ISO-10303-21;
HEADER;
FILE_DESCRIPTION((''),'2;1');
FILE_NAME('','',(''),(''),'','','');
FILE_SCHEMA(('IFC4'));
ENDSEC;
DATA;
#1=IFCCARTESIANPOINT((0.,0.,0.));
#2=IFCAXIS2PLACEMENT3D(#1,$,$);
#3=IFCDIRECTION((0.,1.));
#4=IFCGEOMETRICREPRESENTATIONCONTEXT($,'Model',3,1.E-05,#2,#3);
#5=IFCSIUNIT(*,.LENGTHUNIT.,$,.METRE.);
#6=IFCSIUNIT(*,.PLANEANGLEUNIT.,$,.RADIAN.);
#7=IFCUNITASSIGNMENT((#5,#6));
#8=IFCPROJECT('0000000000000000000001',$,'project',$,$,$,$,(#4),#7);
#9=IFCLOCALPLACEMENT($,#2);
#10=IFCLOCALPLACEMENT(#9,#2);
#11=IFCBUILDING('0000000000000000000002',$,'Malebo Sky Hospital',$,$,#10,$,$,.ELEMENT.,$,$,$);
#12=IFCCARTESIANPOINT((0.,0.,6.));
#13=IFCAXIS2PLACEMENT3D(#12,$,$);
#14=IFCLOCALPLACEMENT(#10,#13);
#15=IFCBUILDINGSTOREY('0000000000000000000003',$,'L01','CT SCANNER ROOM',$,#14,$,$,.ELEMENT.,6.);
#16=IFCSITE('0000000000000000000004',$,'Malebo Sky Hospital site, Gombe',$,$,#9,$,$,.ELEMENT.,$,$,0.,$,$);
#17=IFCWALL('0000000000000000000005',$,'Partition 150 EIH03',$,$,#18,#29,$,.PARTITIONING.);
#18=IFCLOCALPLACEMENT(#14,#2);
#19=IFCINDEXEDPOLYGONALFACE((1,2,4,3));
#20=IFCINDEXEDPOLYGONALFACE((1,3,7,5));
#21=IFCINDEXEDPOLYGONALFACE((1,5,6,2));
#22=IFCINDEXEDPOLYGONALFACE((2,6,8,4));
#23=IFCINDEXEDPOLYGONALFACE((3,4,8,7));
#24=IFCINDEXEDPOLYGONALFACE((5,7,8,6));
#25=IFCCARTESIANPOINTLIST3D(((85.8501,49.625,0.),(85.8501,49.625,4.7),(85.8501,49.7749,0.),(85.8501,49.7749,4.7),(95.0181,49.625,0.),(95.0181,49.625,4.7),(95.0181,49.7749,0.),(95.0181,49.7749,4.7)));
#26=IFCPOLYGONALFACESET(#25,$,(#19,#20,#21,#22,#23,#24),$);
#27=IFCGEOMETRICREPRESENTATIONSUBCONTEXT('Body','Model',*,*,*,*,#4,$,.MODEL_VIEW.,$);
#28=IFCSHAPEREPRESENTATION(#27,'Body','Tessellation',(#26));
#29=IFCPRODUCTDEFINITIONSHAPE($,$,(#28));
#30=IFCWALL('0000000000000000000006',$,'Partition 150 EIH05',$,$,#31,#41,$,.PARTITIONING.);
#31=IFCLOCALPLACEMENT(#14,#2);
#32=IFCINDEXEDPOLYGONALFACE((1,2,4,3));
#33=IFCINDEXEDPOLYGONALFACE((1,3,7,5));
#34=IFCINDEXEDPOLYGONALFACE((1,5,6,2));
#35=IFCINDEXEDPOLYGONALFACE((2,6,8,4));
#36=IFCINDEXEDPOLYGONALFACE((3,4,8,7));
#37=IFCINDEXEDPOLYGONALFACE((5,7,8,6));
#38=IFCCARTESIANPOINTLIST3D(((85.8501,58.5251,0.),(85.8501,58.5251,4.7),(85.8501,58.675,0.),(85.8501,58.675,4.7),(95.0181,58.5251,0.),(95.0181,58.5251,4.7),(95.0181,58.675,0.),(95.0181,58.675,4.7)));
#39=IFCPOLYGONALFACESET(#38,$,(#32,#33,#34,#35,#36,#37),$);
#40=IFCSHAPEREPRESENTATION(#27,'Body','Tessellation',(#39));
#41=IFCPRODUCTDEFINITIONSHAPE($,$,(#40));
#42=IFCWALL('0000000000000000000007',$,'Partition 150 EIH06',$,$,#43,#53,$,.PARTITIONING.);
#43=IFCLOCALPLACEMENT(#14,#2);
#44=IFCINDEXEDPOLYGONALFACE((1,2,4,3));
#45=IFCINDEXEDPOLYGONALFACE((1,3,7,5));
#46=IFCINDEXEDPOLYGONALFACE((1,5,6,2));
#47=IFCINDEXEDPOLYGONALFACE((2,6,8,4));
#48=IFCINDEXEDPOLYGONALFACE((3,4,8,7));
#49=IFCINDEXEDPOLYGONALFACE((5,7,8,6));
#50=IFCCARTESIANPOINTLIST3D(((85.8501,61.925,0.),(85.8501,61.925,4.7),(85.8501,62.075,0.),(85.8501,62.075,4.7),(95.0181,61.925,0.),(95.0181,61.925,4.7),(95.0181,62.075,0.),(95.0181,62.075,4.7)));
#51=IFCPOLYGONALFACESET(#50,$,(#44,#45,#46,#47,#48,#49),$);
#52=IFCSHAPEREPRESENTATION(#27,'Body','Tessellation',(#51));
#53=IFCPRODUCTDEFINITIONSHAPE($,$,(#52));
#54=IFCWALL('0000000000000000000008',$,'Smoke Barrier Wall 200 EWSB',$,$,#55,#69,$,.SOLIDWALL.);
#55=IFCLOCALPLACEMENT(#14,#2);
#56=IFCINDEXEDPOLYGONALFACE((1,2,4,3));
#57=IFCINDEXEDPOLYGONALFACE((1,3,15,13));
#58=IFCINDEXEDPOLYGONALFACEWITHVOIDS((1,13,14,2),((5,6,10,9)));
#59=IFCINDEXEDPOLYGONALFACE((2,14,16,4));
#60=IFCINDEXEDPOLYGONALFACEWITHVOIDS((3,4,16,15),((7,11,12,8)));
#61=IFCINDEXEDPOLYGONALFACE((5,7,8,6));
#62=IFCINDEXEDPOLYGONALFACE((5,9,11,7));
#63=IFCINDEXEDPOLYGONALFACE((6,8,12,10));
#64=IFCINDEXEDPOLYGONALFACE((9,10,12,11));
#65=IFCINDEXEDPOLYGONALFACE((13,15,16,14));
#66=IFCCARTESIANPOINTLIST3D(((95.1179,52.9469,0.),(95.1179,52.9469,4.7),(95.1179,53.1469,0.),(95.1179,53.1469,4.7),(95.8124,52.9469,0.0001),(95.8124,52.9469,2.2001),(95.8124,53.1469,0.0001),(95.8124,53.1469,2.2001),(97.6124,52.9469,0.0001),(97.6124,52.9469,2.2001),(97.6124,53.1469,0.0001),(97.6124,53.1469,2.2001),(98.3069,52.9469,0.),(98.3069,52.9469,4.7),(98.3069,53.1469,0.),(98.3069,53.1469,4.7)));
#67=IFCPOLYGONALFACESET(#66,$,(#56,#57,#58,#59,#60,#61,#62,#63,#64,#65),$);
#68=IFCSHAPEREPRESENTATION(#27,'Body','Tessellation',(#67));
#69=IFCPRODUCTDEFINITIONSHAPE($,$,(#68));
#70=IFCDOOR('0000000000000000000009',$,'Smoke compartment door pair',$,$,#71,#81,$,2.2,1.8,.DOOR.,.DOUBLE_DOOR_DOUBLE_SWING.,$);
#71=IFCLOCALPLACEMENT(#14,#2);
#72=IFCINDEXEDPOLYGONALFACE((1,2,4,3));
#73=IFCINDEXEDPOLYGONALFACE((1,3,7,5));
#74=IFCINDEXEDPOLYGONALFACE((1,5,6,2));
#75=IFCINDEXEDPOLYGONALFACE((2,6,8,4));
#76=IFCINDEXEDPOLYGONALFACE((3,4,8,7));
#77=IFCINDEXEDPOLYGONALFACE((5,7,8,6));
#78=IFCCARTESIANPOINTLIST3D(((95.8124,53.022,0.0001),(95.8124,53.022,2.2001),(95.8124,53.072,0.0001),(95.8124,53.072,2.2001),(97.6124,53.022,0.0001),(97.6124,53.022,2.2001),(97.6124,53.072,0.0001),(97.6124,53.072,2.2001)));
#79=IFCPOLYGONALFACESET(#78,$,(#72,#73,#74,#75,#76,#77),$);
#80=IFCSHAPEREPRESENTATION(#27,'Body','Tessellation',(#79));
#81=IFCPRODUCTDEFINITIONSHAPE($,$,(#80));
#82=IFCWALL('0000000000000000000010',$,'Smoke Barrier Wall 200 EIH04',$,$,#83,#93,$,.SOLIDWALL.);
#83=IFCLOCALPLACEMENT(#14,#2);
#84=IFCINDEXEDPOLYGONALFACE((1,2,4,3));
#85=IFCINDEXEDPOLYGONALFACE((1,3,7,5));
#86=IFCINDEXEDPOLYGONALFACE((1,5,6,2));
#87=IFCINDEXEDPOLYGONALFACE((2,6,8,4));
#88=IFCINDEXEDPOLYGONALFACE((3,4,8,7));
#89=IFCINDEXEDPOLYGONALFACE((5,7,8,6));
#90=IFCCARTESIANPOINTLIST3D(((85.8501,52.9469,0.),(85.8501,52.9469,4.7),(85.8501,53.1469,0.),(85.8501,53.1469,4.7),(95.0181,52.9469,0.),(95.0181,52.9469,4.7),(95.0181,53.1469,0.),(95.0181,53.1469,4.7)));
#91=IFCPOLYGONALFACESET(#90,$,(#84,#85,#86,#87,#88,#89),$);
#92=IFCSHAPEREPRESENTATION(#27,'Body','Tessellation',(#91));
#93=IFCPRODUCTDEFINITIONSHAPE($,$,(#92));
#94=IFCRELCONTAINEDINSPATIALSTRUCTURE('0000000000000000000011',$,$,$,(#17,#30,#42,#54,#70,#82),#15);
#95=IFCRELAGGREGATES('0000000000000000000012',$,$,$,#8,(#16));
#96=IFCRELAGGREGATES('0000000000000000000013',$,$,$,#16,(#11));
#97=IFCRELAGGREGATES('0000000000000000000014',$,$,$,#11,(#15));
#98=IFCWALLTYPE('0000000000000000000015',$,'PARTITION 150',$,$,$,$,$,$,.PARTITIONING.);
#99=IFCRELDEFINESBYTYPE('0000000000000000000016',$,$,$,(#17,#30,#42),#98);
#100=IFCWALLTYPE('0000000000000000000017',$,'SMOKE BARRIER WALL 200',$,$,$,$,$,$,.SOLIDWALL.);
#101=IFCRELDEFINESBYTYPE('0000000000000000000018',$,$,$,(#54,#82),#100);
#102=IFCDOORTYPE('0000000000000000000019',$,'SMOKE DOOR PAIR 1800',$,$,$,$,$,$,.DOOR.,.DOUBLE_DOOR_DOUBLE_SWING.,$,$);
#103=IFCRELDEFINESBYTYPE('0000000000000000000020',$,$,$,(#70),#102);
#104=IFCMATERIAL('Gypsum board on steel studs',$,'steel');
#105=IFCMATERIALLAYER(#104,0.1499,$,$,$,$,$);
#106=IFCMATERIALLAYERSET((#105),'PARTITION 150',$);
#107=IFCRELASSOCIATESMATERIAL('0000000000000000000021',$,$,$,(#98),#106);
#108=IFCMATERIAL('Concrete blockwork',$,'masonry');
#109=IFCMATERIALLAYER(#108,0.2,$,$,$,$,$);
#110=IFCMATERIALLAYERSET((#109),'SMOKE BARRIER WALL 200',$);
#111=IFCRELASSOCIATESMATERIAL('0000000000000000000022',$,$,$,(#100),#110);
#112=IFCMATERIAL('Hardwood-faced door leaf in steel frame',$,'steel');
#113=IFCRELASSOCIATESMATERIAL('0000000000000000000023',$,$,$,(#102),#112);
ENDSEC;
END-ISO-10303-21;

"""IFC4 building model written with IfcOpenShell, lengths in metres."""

from ifc_helpers import new_model, si_unit, direction, frame, frame_2d, origin, place, context, subcontext, project, spatial, rectangle, extrude, material, layer, layer_set, type_object, element, fill, save


model = new_model("IFC4")

# Units and contexts
model_context = context("Model", 3, precision=1e-05, world=origin(), true_north=direction((0.0, 1.0)))
body_context = subcontext(model_context, "Body", "Model", "MODEL_VIEW")
ifc_project = project(units=[si_unit("LENGTHUNIT", "METRE"), si_unit("PLANEANGLEUNIT", "RADIAN")], contexts=[model_context])

# Site, building, storey
site_placement = place(None, origin())
site = spatial("IfcSite", under=ifc_project, at=site_placement, Name="Malebo Sky Hospital site, Gombe", CompositionType="ELEMENT", RefElevation=0.0)
building_placement = place(site_placement, origin())
building = spatial("IfcBuilding", under=site, at=building_placement, Name="Malebo Sky Hospital", CompositionType="ELEMENT")
storey_placement = place(building_placement, frame((0.0, 0.0, 6.0)))
storey = spatial("IfcBuildingStorey", under=building, at=storey_placement, Name="L01", Description="CT SCANNER ROOM", CompositionType="ELEMENT", Elevation=6.0)

# Shared definitions
ifc_material_1 = material(Name="Gypsum board on steel studs", Category="steel")
ifc_material_2 = material(Name="Hardwood-faced door leaf in steel frame", Category="steel")
ifc_layer_1 = layer(ifc_material_1, 0.1499)
ifc_layer_set_1 = layer_set([ifc_layer_1], Name="PARTITION 150")
wall_type_1 = type_object("IfcWallType", Name="PARTITION 150", PredefinedType="PARTITIONING", material=ifc_layer_set_1)

# Walls
for number, where, z_axis, x_axis, name in (
    (1, (95.0181, 49.7, 0.0), (0.0, 0.0, 1.0), (-1.0, 0.0, 0.0), "Partition 150 EIH03"),
    (2, (95.0181, 58.6001, 0.0), (0.0, 0.0, 1.0), (-1.0, 0.0, 0.0), "Partition 150 EIH05"),
    (3, (95.0181, 62.0, 0.0), (0.0, 0.0, 1.0), (-1.0, 0.0, 0.0), "Partition 150 EIH06"),
):
    element("IfcWall", number, at=place(storey_placement, frame(where, z_axis=z_axis, x_axis=x_axis)), inside=storey, type_object=wall_type_1, Name=name, PredefinedType="PARTITIONING", context=body_context, shape_type="SweptSolid", body=[
        extrude(rectangle(XDim=9.168, YDim=0.1499, at=frame_2d((4.584, 0.0))), origin(), (0.0, 0.0, 1.0), 4.7),
    ])

# Wall, opening, door
ifc_material_3 = material(Name="Concrete blockwork", Category="masonry")
ifc_layer_2 = layer(ifc_material_3, 0.2)
ifc_layer_set_2 = layer_set([ifc_layer_2], Name="SMOKE BARRIER WALL 200")
wall_type_2 = type_object("IfcWallType", Name="SMOKE BARRIER WALL 200", PredefinedType="SOLIDWALL", material=ifc_layer_set_2)
wall_1_placement = place(storey_placement, frame((98.3069, 53.0469, 0.0), z_axis=(0.0, 0.0, 1.0), x_axis=(-1.0, 0.0, 0.0)))
wall_1 = element("IfcWall", 4, at=wall_1_placement, inside=storey, type_object=wall_type_2, Name="Smoke Barrier Wall 200 EWSB", PredefinedType="SOLIDWALL", context=body_context, shape_type="SweptSolid", body=[
    extrude(rectangle(XDim=3.189, YDim=0.2, at=frame_2d((1.5945, 0.0))), origin(), (0.0, 0.0, 1.0), 4.7),
])
opening_1_placement = place(wall_1_placement, frame((0.6946, 0.0, 0.0)))
opening_1 = element("IfcOpeningElement", 5, at=opening_1_placement, cuts=wall_1, PredefinedType="OPENING", context=body_context, shape_type="SweptSolid", body=[
    extrude(rectangle(XDim=1.8, YDim=2.2, at=frame_2d((0.8999, 1.1001))), frame((0.0, 0.1099, 0.0), z_axis=(0.0, -1.0, 0.0), x_axis=(1.0, 0.0, 0.0)), (0.0, 0.0, 1.0), 0.22),
])
door_type_1 = type_object("IfcDoorType", Name="SMOKE DOOR PAIR 1800", OperationType="DOUBLE_DOOR_DOUBLE_SWING", PredefinedType="DOOR", material=ifc_material_2)
door_1_placement = place(opening_1_placement, origin())
door_1 = element("IfcDoor", 6, at=door_1_placement, inside=storey, type_object=door_type_1, Name="Smoke compartment door pair", OperationType="DOUBLE_DOOR_DOUBLE_SWING", OverallHeight=2.2, OverallWidth=1.8, PredefinedType="DOOR", context=body_context, shape_type="SweptSolid", body=[
    extrude(rectangle(XDim=1.8, YDim=2.2, at=frame_2d((0.8999, 1.1001))), frame((0.0, 0.0249, 0.0), z_axis=(0.0, -1.0, 0.0), x_axis=(1.0, 0.0, 0.0)), (0.0, 0.0, 1.0), 0.05),
])
fill(opening_1, door_1)

# Wall
wall_2_placement = place(storey_placement, frame((95.0181, 53.0469, 0.0), z_axis=(0.0, 0.0, 1.0), x_axis=(-1.0, 0.0, 0.0)))
element("IfcWall", 7, at=wall_2_placement, inside=storey, type_object=wall_type_2, Name="Smoke Barrier Wall 200 EIH04", PredefinedType="SOLIDWALL", context=body_context, shape_type="SweptSolid", body=[
    extrude(rectangle(XDim=9.168, YDim=0.2, at=frame_2d((4.584, 0.0))), origin(), (0.0, 0.0, 1.0), 4.7),
])

save(model, "model.ifc")
